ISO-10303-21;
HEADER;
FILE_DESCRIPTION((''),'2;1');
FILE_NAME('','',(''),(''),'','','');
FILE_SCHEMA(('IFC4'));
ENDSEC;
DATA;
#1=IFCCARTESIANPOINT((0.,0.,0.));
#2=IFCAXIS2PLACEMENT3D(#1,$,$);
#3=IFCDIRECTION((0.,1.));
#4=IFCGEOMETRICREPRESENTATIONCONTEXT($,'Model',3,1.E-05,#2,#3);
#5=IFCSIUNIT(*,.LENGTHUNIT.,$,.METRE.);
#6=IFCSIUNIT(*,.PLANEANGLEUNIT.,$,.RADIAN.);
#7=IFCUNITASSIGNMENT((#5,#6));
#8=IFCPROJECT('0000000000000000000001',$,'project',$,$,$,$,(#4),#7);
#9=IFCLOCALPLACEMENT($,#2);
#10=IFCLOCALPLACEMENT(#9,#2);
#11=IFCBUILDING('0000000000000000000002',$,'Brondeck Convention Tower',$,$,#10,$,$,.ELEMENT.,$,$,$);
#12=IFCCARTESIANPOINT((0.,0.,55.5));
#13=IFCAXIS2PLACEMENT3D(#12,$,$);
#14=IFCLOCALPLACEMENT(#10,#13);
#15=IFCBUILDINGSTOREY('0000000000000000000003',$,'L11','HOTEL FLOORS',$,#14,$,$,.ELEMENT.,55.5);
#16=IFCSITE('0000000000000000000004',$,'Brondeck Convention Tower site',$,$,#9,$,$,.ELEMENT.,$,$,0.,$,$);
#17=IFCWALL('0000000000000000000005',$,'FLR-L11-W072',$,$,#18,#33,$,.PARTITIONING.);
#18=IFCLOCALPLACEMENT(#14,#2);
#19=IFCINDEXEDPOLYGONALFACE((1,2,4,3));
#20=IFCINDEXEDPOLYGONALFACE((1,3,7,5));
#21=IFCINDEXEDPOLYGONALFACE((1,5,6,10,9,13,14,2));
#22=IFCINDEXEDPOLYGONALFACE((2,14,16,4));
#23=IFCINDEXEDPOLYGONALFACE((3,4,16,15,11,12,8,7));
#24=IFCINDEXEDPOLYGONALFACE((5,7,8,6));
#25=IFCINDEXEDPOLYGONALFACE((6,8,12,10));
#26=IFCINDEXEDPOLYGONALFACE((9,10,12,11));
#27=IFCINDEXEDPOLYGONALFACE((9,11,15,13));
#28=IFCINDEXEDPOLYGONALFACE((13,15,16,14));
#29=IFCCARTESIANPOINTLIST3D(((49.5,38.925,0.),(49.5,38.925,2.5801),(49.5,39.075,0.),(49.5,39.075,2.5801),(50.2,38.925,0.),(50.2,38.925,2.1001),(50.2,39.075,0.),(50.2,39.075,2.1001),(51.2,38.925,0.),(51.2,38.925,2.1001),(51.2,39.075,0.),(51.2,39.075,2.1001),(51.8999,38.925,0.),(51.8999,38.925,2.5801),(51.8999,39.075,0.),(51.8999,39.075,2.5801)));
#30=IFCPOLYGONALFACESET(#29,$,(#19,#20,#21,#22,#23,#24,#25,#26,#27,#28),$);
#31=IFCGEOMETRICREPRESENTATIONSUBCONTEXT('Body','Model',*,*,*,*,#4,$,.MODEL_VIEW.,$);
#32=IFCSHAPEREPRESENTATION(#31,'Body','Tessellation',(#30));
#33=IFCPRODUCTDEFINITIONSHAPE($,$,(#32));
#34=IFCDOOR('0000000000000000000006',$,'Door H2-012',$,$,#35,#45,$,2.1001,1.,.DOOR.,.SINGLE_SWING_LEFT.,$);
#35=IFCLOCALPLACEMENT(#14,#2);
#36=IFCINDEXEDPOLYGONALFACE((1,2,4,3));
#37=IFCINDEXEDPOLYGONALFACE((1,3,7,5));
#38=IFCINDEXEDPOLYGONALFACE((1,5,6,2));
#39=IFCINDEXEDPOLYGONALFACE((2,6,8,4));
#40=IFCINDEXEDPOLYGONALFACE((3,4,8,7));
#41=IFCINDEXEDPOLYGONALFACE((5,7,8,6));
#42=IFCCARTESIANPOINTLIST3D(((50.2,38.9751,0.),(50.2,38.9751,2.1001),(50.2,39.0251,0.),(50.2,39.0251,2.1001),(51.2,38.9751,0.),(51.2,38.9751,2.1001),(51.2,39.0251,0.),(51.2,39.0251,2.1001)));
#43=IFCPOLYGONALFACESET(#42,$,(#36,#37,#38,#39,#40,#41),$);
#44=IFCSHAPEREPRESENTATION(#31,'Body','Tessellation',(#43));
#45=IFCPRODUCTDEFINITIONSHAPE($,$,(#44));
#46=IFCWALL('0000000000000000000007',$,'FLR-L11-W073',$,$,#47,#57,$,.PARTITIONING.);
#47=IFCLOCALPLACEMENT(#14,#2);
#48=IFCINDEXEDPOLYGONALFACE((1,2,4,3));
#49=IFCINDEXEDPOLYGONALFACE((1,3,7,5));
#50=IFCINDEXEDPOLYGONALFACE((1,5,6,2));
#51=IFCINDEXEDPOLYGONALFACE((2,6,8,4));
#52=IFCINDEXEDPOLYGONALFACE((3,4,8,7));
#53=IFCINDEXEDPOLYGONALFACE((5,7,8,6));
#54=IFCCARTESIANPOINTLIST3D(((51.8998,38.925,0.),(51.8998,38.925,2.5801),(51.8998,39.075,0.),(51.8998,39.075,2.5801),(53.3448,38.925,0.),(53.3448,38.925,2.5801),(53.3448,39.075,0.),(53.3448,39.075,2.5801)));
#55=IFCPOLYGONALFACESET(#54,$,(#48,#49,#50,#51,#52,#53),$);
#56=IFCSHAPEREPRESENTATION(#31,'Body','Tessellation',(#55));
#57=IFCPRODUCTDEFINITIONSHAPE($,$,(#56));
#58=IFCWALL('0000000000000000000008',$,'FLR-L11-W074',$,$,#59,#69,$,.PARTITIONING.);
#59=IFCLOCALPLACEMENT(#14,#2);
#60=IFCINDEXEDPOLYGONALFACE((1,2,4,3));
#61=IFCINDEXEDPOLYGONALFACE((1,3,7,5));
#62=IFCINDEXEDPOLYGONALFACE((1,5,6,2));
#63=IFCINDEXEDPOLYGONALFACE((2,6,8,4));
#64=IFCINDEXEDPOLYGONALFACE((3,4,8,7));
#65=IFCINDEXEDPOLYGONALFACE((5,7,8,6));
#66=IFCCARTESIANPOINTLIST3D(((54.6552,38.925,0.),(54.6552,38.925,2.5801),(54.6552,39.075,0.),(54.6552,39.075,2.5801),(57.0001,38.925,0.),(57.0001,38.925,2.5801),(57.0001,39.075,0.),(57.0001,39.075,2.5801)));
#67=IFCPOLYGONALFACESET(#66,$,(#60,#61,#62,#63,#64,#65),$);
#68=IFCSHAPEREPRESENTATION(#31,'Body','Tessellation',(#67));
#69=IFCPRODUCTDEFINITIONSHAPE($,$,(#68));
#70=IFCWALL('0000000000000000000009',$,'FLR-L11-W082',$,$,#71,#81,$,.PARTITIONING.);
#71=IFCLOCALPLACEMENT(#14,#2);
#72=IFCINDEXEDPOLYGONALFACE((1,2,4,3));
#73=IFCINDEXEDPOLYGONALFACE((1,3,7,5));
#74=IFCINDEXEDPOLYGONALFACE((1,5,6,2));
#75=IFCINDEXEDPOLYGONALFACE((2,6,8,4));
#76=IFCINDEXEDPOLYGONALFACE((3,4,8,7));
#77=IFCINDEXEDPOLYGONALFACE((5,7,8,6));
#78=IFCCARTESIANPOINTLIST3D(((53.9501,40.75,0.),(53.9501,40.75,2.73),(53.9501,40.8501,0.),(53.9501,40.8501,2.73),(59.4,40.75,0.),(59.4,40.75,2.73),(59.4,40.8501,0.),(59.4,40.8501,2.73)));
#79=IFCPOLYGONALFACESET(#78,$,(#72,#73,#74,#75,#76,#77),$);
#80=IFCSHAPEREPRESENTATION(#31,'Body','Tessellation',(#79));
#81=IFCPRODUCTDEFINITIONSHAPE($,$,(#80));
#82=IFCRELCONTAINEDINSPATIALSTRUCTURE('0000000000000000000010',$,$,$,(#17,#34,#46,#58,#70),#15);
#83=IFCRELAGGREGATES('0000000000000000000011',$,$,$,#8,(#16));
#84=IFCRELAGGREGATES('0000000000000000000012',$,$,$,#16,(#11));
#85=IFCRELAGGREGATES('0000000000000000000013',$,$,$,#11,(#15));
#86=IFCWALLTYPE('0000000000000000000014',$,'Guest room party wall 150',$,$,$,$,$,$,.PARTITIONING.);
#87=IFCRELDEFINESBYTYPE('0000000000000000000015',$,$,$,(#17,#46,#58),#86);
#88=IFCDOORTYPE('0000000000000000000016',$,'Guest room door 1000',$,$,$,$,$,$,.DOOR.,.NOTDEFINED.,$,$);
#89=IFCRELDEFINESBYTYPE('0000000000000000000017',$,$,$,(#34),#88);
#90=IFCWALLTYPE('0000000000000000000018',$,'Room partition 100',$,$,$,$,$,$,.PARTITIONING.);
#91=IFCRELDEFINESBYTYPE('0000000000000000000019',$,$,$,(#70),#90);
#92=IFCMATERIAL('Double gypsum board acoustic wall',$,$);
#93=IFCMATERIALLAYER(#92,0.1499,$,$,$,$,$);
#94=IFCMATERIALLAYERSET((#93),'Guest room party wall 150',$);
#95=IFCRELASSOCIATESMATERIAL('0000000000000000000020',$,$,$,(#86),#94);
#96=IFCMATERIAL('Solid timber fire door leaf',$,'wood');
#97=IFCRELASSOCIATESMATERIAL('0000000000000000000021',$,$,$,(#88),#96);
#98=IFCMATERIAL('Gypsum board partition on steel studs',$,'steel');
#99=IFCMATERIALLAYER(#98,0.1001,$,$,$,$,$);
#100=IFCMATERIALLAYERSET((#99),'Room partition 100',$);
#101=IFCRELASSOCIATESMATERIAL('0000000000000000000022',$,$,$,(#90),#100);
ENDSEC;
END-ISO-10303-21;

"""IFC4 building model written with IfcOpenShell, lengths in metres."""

from ifc_helpers import new_model, si_unit, direction, frame, frame_2d, origin, place, context, subcontext, project, spatial, rectangle, extrude, material, layer, layer_set, type_object, element, fill, save


model = new_model("IFC4")

# Units and contexts
model_context = context("Model", 3, precision=1e-05, world=origin(), true_north=direction((0.0, 1.0)))
body_context = subcontext(model_context, "Body", "Model", "MODEL_VIEW")
ifc_project = project(units=[si_unit("LENGTHUNIT", "METRE"), si_unit("PLANEANGLEUNIT", "RADIAN")], contexts=[model_context])

# Site, building, storey
site_placement = place(None, origin())
site = spatial("IfcSite", under=ifc_project, at=site_placement, Name="Brondeck Convention Tower site", CompositionType="ELEMENT", RefElevation=0.0)
building_placement = place(site_placement, origin())
building = spatial("IfcBuilding", under=site, at=building_placement, Name="Brondeck Convention Tower", CompositionType="ELEMENT")
storey_placement = place(building_placement, frame((0.0, 0.0, 55.5)))
storey = spatial("IfcBuildingStorey", under=building, at=storey_placement, Name="L11", Description="HOTEL FLOORS", CompositionType="ELEMENT", Elevation=55.5)

# Shared definitions
ifc_material_1 = material(Name="Double gypsum board acoustic wall")
ifc_layer_1 = layer(ifc_material_1, 0.1499)
ifc_layer_set_1 = layer_set([ifc_layer_1], Name="Guest room party wall 150")
wall_type_1 = type_object("IfcWallType", Name="Guest room party wall 150", PredefinedType="PARTITIONING", material=ifc_layer_set_1)

# Wall, opening, door
ifc_material_2 = material(Name="Solid timber fire door leaf", Category="wood")
door_type_1 = type_object("IfcDoorType", Name="Guest room door 1000", OperationType="NOTDEFINED", PredefinedType="DOOR", material=ifc_material_2)
wall_1_placement = place(storey_placement, frame((51.8999, 39.0, 0.0), z_axis=(0.0, 0.0, 1.0), x_axis=(-1.0, 0.0, 0.0)))
wall_1 = element("IfcWall", 1, at=wall_1_placement, inside=storey, type_object=wall_type_1, Name="FLR-L11-W072", PredefinedType="PARTITIONING", context=body_context, shape_type="SweptSolid", body=[
    extrude(rectangle(XDim=2.3999, YDim=0.1499, at=frame_2d((1.2, 0.0))), origin(), (0.0, 0.0, 1.0), 2.5801),
])
opening_1_placement = place(wall_1_placement, frame((0.7, 0.0, 0.0)))
opening_1 = element("IfcOpeningElement", 2, at=opening_1_placement, cuts=wall_1, PredefinedType="OPENING", context=body_context, shape_type="SweptSolid", body=[
    extrude(rectangle(XDim=1.0, YDim=2.1001, at=frame_2d((0.5, 1.05))), frame((0.0, 0.085, 0.0), z_axis=(0.0, -1.0, 0.0), x_axis=(1.0, 0.0, 0.0)), (0.0, 0.0, 1.0), 0.1699),
])
door_1_placement = place(opening_1_placement, origin())
door_1 = element("IfcDoor", 3, at=door_1_placement, inside=storey, type_object=door_type_1, Name="Door H2-012", OperationType="SINGLE_SWING_LEFT", OverallHeight=2.1001, OverallWidth=1.0, PredefinedType="DOOR", context=body_context, shape_type="SweptSolid", body=[
    extrude(rectangle(XDim=1.0, YDim=2.1001, at=frame_2d((0.5, 1.05))), frame((0.0, 0.0249, 0.0), z_axis=(0.0, -1.0, 0.0), x_axis=(1.0, 0.0, 0.0)), (0.0, 0.0, 1.0), 0.05),
])
fill(opening_1, door_1)

# Walls
wall_2_placement = place(storey_placement, frame((53.345, 39.0, 0.0), z_axis=(0.0, 0.0, 1.0), x_axis=(-1.0, 0.0, 0.0)))
element("IfcWall", 4, at=wall_2_placement, inside=storey, type_object=wall_type_1, Name="FLR-L11-W073", PredefinedType="PARTITIONING", context=body_context, shape_type="SweptSolid", body=[
    extrude(rectangle(XDim=1.4451, YDim=0.1499, at=frame_2d((0.7227, 0.0))), origin(), (0.0, 0.0, 1.0), 2.5801),
])
wall_3_placement = place(storey_placement, frame((57.0, 39.0, 0.0), z_axis=(0.0, 0.0, 1.0), x_axis=(-1.0, 0.0, 0.0)))
element("IfcWall", 5, at=wall_3_placement, inside=storey, type_object=wall_type_1, Name="FLR-L11-W074", PredefinedType="PARTITIONING", context=body_context, shape_type="SweptSolid", body=[
    extrude(rectangle(XDim=2.345, YDim=0.1499, at=frame_2d((1.1724, 0.0))), origin(), (0.0, 0.0, 1.0), 2.5801),
])
ifc_material_3 = material(Name="Gypsum board partition on steel studs", Category="steel")
ifc_layer_2 = layer(ifc_material_3, 0.1001)
ifc_layer_set_2 = layer_set([ifc_layer_2], Name="Room partition 100")
wall_type_2 = type_object("IfcWallType", Name="Room partition 100", PredefinedType="PARTITIONING", material=ifc_layer_set_2)
wall_4_placement = place(storey_placement, frame((53.95, 40.8, 0.0), z_axis=(0.0, 0.0, 1.0), x_axis=(1.0, 0.0, 0.0)))
element("IfcWall", 6, at=wall_4_placement, inside=storey, type_object=wall_type_2, Name="FLR-L11-W082", PredefinedType="PARTITIONING", context=body_context, shape_type="SweptSolid", body=[
    extrude(rectangle(XDim=5.45, YDim=0.1001, at=frame_2d((2.7251, 0.0))), origin(), (0.0, 0.0, 1.0), 2.73),
])

save(model, "model.ifc")
